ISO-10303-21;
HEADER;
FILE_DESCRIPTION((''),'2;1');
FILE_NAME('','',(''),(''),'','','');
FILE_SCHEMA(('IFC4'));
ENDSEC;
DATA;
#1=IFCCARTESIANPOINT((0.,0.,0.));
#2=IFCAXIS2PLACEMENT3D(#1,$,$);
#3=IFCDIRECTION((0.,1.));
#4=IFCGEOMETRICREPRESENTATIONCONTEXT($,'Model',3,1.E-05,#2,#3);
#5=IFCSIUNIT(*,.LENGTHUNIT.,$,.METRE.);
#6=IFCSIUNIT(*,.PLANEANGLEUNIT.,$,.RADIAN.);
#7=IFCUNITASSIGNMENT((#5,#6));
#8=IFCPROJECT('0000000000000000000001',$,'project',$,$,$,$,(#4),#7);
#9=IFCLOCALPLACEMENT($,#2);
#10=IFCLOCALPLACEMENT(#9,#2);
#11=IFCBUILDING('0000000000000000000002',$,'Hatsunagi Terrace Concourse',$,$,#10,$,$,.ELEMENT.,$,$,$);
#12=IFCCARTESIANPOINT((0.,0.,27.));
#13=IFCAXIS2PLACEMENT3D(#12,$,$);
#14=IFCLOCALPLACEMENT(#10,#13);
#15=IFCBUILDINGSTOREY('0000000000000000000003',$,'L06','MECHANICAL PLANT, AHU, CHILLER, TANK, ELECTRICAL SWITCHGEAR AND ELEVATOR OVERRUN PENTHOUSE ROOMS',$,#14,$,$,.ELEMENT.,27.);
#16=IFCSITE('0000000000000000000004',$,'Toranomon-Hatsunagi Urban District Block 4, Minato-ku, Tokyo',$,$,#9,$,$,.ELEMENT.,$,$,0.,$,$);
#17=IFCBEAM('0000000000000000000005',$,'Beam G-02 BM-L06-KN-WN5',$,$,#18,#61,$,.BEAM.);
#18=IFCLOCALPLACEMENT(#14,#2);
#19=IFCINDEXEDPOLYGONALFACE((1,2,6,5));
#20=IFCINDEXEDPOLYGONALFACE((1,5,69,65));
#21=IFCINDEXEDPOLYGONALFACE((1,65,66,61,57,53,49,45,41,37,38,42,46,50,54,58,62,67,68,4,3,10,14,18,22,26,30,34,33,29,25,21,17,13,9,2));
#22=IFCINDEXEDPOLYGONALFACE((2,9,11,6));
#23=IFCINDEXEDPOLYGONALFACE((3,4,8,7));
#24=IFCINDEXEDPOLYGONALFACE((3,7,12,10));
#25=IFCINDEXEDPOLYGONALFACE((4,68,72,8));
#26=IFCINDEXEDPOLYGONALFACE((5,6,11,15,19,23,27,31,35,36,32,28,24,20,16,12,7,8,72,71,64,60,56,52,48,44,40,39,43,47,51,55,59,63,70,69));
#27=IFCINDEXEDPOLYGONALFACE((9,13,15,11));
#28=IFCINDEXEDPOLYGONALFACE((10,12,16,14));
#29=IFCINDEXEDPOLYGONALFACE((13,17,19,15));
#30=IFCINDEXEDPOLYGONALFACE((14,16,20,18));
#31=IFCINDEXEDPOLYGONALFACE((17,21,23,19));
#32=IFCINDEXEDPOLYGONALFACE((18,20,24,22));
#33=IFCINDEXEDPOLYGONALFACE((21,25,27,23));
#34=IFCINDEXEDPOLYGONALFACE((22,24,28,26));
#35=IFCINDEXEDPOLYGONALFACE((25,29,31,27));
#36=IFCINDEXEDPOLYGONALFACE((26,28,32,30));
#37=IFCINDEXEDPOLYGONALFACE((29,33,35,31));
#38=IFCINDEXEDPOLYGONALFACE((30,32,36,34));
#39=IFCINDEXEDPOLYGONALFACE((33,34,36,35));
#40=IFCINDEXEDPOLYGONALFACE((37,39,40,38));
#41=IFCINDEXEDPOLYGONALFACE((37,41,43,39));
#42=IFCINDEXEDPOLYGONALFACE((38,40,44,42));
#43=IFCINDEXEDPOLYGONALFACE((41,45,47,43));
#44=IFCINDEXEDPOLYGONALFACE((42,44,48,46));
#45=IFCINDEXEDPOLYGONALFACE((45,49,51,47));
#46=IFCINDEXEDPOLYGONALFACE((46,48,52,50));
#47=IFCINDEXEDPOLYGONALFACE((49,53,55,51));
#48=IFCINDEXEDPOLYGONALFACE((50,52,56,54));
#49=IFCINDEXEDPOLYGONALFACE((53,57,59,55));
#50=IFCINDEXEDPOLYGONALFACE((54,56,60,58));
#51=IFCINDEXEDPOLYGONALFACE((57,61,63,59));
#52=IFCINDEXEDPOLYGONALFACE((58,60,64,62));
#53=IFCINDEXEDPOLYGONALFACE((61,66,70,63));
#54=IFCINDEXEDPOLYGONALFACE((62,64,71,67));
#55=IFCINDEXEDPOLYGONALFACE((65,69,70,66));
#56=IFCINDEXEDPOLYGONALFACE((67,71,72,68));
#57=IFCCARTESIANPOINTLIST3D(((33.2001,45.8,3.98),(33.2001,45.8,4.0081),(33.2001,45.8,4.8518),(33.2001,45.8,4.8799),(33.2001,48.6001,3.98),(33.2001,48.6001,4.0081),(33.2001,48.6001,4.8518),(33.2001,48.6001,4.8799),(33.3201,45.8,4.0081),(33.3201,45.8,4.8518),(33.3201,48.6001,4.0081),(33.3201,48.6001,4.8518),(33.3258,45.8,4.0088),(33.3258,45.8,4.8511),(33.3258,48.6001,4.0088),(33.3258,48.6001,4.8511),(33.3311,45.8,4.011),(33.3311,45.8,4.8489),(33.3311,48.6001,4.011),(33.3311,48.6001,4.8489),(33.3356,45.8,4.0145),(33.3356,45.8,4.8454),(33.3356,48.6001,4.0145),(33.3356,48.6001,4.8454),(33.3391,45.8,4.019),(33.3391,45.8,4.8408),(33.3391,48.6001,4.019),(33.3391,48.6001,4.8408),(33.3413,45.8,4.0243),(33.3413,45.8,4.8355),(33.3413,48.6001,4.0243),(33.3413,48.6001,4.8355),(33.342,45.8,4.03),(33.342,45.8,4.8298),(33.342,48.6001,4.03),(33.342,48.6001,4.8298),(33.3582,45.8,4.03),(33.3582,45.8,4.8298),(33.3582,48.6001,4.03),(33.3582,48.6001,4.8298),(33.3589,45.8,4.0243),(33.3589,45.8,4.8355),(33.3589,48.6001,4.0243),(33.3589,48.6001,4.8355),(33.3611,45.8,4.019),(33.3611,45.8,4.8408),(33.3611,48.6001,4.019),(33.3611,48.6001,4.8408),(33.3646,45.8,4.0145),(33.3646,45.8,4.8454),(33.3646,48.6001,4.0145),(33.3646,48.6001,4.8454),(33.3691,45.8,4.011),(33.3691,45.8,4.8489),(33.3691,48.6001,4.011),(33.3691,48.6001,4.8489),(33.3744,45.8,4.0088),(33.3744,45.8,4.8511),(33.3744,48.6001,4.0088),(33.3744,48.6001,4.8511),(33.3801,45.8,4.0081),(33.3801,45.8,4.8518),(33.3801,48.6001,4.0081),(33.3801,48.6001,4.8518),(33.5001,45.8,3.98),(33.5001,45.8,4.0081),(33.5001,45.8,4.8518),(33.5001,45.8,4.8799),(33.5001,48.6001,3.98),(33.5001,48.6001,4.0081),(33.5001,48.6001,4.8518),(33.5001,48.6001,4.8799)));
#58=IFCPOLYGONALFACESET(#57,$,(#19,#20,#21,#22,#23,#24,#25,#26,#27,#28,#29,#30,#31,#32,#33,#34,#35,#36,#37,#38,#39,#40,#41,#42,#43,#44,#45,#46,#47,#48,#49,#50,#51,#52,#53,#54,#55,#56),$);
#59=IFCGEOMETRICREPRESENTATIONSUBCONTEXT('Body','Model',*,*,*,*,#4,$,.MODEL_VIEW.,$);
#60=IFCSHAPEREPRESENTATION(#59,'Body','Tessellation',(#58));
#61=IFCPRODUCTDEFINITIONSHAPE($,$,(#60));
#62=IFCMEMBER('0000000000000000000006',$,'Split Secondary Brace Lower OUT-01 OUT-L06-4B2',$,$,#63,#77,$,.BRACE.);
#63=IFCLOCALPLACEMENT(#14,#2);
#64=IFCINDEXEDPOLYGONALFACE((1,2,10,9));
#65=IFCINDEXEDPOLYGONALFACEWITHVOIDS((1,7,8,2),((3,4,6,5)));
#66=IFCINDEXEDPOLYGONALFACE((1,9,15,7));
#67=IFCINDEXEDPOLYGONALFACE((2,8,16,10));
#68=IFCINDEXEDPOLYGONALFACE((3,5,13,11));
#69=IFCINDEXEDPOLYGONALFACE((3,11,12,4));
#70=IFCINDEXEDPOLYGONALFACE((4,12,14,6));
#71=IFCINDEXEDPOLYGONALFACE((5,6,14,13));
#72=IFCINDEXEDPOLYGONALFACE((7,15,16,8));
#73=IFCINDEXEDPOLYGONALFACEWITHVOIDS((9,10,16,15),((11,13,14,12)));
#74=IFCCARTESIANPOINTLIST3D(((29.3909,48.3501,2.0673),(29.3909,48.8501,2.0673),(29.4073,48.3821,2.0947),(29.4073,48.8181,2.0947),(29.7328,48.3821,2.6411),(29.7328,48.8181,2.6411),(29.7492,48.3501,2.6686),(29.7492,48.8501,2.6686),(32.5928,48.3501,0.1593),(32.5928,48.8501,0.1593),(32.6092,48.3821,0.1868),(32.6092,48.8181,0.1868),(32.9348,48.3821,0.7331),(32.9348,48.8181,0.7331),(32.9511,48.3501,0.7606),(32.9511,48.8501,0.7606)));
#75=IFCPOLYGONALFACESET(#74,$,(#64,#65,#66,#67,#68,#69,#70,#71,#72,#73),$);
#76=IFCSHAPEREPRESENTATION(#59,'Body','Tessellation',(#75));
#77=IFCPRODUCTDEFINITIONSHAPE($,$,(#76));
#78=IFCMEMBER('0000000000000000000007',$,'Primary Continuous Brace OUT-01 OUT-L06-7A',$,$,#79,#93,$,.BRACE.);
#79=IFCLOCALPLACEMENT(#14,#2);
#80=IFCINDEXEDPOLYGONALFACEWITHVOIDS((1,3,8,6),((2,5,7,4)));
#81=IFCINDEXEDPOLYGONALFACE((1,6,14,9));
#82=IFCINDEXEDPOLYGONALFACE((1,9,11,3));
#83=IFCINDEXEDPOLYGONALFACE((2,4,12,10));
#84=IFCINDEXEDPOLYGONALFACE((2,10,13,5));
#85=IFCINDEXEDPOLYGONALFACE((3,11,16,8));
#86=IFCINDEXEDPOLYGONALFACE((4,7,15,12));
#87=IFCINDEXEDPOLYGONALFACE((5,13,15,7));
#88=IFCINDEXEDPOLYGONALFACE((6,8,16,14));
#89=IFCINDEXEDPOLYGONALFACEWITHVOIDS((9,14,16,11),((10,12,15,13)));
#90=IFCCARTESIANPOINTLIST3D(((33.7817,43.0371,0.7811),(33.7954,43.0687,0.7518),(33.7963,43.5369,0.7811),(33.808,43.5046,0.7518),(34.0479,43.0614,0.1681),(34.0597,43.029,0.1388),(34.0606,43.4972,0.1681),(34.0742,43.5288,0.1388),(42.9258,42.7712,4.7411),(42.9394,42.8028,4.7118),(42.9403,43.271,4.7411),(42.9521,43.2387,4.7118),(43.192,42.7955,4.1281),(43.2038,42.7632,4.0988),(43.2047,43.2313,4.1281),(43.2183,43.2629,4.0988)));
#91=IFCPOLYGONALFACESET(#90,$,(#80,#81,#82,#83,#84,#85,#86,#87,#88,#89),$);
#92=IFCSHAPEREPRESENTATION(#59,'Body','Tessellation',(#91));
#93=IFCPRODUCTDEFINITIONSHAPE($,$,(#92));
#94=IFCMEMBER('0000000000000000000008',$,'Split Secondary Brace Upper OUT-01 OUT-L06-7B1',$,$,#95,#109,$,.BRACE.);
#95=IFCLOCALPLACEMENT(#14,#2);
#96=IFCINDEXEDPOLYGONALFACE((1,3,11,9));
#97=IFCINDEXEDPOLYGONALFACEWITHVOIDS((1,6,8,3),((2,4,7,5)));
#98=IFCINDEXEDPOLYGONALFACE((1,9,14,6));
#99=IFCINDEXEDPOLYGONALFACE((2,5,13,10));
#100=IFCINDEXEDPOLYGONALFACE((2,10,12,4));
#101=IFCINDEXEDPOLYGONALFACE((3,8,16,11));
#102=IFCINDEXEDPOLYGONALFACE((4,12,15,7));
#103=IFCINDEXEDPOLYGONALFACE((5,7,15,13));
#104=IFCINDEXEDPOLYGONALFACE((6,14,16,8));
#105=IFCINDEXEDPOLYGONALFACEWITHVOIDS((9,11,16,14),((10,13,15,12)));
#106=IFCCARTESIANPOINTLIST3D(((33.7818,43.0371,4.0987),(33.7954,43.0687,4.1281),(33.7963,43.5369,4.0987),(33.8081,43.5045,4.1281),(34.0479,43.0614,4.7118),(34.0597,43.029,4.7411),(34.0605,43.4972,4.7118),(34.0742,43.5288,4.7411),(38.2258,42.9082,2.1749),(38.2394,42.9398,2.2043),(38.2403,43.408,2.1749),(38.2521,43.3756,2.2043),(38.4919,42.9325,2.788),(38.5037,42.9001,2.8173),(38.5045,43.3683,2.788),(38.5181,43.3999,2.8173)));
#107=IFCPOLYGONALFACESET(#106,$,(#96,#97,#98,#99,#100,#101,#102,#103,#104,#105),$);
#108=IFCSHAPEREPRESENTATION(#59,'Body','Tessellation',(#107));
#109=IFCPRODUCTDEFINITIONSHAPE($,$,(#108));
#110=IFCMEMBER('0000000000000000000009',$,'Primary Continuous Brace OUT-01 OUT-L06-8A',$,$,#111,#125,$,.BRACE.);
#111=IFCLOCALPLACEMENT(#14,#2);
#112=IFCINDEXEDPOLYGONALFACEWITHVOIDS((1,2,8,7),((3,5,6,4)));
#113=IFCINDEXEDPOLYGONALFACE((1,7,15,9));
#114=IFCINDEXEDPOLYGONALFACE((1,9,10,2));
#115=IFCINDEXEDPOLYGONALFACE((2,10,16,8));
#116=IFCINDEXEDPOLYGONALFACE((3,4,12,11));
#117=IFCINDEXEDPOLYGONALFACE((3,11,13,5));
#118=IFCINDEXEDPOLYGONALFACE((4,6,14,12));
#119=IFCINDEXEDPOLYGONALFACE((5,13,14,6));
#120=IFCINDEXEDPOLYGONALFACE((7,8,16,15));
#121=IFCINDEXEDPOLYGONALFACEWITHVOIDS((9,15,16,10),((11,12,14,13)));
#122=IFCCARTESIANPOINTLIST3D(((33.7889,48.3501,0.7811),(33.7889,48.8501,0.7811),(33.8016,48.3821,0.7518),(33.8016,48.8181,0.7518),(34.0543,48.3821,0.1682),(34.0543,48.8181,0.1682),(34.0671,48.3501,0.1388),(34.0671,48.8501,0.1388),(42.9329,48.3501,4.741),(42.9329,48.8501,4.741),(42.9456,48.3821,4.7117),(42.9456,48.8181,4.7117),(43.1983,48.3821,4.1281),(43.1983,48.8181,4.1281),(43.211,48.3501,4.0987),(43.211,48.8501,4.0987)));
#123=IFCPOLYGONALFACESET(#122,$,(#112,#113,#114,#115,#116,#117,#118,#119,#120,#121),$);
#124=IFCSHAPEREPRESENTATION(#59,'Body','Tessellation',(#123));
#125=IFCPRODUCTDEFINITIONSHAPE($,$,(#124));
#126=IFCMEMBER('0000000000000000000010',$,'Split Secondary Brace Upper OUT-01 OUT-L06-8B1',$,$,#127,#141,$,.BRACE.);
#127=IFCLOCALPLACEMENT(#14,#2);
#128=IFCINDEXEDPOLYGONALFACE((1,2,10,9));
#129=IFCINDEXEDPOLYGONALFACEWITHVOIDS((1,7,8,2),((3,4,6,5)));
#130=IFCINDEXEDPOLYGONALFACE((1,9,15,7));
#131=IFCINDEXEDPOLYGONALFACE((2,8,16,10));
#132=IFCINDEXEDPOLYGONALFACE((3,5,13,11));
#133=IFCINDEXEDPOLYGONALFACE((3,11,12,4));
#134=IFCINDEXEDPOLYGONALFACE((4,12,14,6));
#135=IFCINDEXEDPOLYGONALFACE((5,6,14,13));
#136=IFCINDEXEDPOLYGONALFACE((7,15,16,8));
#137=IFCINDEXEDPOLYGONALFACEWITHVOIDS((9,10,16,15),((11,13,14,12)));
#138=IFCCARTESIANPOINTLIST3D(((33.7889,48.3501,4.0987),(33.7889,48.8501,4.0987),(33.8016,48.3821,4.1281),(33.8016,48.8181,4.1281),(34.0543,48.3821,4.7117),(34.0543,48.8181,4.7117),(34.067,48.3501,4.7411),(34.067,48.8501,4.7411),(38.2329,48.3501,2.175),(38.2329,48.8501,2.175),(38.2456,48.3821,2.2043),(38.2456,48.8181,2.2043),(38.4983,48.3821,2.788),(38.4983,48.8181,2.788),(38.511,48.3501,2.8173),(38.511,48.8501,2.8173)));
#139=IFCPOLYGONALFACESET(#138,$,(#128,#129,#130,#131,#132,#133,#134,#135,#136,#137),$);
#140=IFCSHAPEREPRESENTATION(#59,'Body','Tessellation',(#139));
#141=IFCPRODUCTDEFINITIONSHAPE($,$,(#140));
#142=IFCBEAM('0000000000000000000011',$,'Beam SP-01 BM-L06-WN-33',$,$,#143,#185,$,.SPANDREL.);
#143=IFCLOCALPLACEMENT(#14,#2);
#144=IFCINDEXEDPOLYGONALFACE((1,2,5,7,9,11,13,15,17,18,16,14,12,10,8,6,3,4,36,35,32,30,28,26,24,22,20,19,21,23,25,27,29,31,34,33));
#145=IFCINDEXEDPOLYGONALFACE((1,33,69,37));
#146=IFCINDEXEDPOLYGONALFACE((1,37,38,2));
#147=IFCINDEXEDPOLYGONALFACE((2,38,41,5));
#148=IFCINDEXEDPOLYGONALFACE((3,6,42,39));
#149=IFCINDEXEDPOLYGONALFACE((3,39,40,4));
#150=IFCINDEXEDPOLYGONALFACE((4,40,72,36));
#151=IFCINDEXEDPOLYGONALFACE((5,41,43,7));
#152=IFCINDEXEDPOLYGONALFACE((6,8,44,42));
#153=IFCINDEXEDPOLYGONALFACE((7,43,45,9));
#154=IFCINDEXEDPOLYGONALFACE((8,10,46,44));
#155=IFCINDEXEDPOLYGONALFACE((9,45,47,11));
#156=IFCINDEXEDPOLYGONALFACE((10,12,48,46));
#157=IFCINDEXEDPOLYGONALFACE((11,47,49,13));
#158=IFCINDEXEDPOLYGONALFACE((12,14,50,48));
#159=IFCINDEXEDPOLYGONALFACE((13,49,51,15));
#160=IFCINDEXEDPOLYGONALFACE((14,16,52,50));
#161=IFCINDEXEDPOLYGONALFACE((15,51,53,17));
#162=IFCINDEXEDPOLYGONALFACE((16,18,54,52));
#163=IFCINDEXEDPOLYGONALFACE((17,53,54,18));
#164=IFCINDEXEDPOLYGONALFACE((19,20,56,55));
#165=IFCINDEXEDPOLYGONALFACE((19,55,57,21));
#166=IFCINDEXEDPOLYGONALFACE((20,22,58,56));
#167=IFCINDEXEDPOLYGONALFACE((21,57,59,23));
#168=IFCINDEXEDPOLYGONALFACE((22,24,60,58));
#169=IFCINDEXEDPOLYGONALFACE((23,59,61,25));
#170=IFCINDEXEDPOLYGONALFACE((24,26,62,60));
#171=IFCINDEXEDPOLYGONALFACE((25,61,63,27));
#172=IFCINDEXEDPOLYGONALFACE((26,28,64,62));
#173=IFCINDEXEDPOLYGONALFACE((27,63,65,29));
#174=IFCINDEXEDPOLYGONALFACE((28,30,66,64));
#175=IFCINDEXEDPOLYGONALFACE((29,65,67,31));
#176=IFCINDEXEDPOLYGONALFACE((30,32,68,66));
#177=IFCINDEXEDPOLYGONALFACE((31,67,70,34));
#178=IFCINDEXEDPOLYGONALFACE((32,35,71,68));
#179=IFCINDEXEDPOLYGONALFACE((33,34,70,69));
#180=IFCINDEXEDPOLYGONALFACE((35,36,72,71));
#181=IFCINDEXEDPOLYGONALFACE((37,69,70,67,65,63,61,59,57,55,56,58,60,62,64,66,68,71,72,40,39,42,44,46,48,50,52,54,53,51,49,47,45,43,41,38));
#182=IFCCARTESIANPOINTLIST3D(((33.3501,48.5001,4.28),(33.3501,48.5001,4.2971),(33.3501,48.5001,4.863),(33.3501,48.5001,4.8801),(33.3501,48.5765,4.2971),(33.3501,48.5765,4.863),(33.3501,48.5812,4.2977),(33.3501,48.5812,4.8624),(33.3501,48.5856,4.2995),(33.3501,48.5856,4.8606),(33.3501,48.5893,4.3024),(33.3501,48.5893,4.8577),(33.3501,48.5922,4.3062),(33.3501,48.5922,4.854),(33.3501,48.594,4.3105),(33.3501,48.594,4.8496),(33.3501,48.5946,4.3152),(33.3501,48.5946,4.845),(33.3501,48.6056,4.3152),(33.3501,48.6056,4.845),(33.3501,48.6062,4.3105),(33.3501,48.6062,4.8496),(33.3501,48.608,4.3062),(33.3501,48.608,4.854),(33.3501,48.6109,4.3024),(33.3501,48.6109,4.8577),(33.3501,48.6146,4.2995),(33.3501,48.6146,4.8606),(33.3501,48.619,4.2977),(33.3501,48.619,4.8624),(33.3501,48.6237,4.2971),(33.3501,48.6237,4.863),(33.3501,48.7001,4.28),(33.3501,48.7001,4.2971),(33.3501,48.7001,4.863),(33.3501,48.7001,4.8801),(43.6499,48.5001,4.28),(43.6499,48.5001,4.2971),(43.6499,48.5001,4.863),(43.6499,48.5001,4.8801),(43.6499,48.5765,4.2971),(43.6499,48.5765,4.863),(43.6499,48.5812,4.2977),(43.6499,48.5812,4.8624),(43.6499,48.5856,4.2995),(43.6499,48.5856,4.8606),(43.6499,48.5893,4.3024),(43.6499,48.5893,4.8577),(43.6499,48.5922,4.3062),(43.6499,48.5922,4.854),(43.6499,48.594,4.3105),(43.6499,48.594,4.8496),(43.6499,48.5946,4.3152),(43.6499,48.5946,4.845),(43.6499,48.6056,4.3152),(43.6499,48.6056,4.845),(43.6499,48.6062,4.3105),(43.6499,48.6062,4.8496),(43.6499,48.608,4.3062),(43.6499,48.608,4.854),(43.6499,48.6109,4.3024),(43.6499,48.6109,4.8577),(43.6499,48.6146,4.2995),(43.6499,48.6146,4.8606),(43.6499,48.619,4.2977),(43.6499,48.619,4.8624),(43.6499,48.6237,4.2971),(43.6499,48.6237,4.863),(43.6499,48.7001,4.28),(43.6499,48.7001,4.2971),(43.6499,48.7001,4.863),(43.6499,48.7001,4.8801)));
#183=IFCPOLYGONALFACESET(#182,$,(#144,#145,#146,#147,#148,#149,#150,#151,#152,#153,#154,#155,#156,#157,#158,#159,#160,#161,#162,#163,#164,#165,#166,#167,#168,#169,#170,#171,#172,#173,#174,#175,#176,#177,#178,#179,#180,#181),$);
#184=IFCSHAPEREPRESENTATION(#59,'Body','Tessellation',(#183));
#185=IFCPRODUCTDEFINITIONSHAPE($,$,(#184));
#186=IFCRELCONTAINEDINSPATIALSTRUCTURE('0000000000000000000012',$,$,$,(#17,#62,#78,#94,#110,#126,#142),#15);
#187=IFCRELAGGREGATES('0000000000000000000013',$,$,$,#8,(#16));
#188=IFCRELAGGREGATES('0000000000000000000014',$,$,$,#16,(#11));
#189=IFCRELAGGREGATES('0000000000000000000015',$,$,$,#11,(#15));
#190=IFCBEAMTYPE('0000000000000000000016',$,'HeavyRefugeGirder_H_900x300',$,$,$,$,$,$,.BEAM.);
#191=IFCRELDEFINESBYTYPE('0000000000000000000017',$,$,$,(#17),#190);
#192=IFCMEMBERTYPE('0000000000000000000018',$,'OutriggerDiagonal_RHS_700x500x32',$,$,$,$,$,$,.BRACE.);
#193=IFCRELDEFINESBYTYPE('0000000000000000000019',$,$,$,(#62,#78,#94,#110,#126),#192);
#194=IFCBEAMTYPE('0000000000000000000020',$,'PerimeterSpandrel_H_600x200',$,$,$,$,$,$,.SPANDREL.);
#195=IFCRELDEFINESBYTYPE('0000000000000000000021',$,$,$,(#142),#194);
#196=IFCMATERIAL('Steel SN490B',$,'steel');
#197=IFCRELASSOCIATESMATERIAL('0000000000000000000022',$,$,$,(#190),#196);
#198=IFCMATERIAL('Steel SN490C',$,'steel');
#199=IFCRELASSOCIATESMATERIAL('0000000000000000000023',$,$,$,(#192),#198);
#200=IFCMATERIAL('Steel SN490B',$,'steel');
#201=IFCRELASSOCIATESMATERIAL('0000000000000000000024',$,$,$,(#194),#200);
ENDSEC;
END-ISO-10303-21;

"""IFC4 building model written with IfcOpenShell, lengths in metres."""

from ifc_helpers import new_model, si_unit, direction, frame, origin, origin_2d, place, context, subcontext, project, spatial, hollow_rectangle, i_section, extrude, material, material_profile, profile_set, type_object, element, save


model = new_model("IFC4")

# Units and contexts
model_context = context("Model", 3, precision=1e-05, world=origin(), true_north=direction((0.0, 1.0)))
body_context = subcontext(model_context, "Body", "Model", "MODEL_VIEW")
ifc_project = project(units=[si_unit("LENGTHUNIT", "METRE"), si_unit("PLANEANGLEUNIT", "RADIAN")], contexts=[model_context])

# Site, building, storey
site_placement = place(None, origin())
site = spatial("IfcSite", under=ifc_project, at=site_placement, Name="Toranomon-Hatsunagi Urban District Block 4, Minato-ku, Tokyo", CompositionType="ELEMENT", RefElevation=0.0)
building_placement = place(site_placement, origin())
building = spatial("IfcBuilding", under=site, at=building_placement, Name="Hatsunagi Terrace Concourse", CompositionType="ELEMENT")
storey_placement = place(building_placement, frame((0.0, 0.0, 27.0)))
storey = spatial("IfcBuildingStorey", under=building, at=storey_placement, Name="L06", Description="MECHANICAL PLANT, AHU, CHILLER, TANK, ELECTRICAL SWITCHGEAR AND ELEVATOR OVERRUN PENTHOUSE ROOMS", CompositionType="ELEMENT", Elevation=27.0)

# Beam
ifc_material_1 = material(Name="Steel SN490B", Category="steel")
ifc_material_profile_1 = material_profile(ifc_material_1, i_section(OverallWidth=0.3, OverallDepth=0.8999, WebThickness=0.0161, FlangeThickness=0.0281, FilletRadius=0.022, at=origin_2d()), Name="H-900x300x16x28")
ifc_profile_set_1 = profile_set([ifc_material_profile_1], Name="Steel SN490B")
beam_type_1 = type_object("IfcBeamType", Name="HeavyRefugeGirder_H_900x300", PredefinedType="BEAM", material=ifc_profile_set_1)
beam_1_placement = place(storey_placement, frame((33.3501, 45.8, 4.4299), z_axis=(0.0, 1.0, 0.0), x_axis=(-1.0, 0.0, 0.0)))
element("IfcBeam", 1, at=beam_1_placement, inside=storey, type_object=beam_type_1, Name="Beam G-02 BM-L06-KN-WN5", PredefinedType="BEAM", context=body_context, shape_type="SweptSolid", body=[
    extrude(i_section(OverallWidth=0.3, OverallDepth=0.8999, WebThickness=0.0161, FlangeThickness=0.0281, FilletRadius=0.022, at=origin_2d()), origin(), (0.0, 0.0, 1.0), 2.8),
])

# Members
ifc_material_2 = material(Name="Steel SN490C", Category="steel")
ifc_material_profile_2 = material_profile(ifc_material_2, hollow_rectangle(XDim=0.5, YDim=0.7, WallThickness=0.032, at=origin_2d()), Name="RHS-700x500x32")
ifc_profile_set_2 = profile_set([ifc_material_profile_2], Name="Steel SN490C")
member_type = type_object("IfcMemberType", Name="OutriggerDiagonal_RHS_700x500x32", PredefinedType="BRACE", material=ifc_profile_set_2)
member_1_placement = place(storey_placement, frame((29.5701, 48.6001, 2.3679), z_axis=(0.859049, 0.0, -0.511893), x_axis=(0.0, 1.0, 0.0)))
element("IfcMember", 2, at=member_1_placement, inside=storey, type_object=member_type, Name="Split Secondary Brace Lower OUT-01 OUT-L06-4B2", PredefinedType="BRACE", context=body_context, shape_type="SweptSolid", body=[
    extrude(hollow_rectangle(XDim=0.5, YDim=0.7, WallThickness=0.032, at=origin_2d()), origin(), (0.0, 0.0, 1.0), 3.7273),
])
member_2_placement = place(storey_placement, frame((33.928, 43.283, 0.46), z_axis=(0.917319, -0.026672, 0.397258), x_axis=(0.029063, 0.999578, 0.0)))
element("IfcMember", 3, at=member_2_placement, inside=storey, type_object=member_type, Name="Primary Continuous Brace OUT-01 OUT-L06-7A", PredefinedType="BRACE", context=body_context, shape_type="SweptSolid", body=[
    extrude(hollow_rectangle(XDim=0.5, YDim=0.7, WallThickness=0.032, at=origin_2d()), origin(), (0.0, 0.0, 1.0), 9.9683),
])
member_3_placement = place(storey_placement, frame((33.928, 43.283, 4.4199), z_axis=(0.917377, -0.02661, -0.397129), x_axis=(0.028994, 0.99958, 0.0)))
element("IfcMember", 4, at=member_3_placement, inside=storey, type_object=member_type, Name="Split Secondary Brace Upper OUT-01 OUT-L06-7B1", PredefinedType="BRACE", context=body_context, shape_type="SweptSolid", body=[
    extrude(hollow_rectangle(XDim=0.5, YDim=0.7, WallThickness=0.032, at=origin_2d()), origin(), (0.0, 0.0, 1.0), 4.8442),
])
member_4_placement = place(storey_placement, frame((33.928, 48.6001, 0.46), z_axis=(0.917646, 0.0, 0.3974), x_axis=(0.0, 1.0, 0.0)))
element("IfcMember", 5, at=member_4_placement, inside=storey, type_object=member_type, Name="Primary Continuous Brace OUT-01 OUT-L06-8A", PredefinedType="BRACE", context=body_context, shape_type="SweptSolid", body=[
    extrude(hollow_rectangle(XDim=0.5, YDim=0.7, WallThickness=0.032, at=origin_2d()), origin(), (0.0, 0.0, 1.0), 9.9646),
])
member_5_placement = place(storey_placement, frame((33.928, 48.6001, 4.4199), z_axis=(0.917702, 0.0, -0.397269), x_axis=(0.0, 1.0, 0.0)))
element("IfcMember", 6, at=member_5_placement, inside=storey, type_object=member_type, Name="Split Secondary Brace Upper OUT-01 OUT-L06-8B1", PredefinedType="BRACE", context=body_context, shape_type="SweptSolid", body=[
    extrude(hollow_rectangle(XDim=0.5, YDim=0.7, WallThickness=0.032, at=origin_2d()), origin(), (0.0, 0.0, 1.0), 4.8425),
])

# Beam
ifc_material_3 = material(Name="Steel SN490B", Category="steel")
ifc_material_profile_3 = material_profile(ifc_material_3, i_section(OverallWidth=0.2, OverallDepth=0.6001, WebThickness=0.011, FlangeThickness=0.0171, FilletRadius=0.0181, at=origin_2d()), Name="H-600x200x11x17")
ifc_profile_set_3 = profile_set([ifc_material_profile_3], Name="Steel SN490B")
beam_type_2 = type_object("IfcBeamType", Name="PerimeterSpandrel_H_600x200", PredefinedType="SPANDREL", material=ifc_profile_set_3)
beam_2_placement = place(storey_placement, frame((33.3501, 48.6001, 4.5801), z_axis=(1.0, 0.0, 0.0), x_axis=(0.0, 1.0, 0.0)))
element("IfcBeam", 7, at=beam_2_placement, inside=storey, type_object=beam_type_2, Name="Beam SP-01 BM-L06-WN-33", PredefinedType="SPANDREL", context=body_context, shape_type="SweptSolid", body=[
    extrude(i_section(OverallWidth=0.2, OverallDepth=0.6001, WebThickness=0.011, FlangeThickness=0.0171, FilletRadius=0.0181, at=origin_2d()), origin(), (0.0, 0.0, 1.0), 10.2998),
])

save(model, "model.ifc")
